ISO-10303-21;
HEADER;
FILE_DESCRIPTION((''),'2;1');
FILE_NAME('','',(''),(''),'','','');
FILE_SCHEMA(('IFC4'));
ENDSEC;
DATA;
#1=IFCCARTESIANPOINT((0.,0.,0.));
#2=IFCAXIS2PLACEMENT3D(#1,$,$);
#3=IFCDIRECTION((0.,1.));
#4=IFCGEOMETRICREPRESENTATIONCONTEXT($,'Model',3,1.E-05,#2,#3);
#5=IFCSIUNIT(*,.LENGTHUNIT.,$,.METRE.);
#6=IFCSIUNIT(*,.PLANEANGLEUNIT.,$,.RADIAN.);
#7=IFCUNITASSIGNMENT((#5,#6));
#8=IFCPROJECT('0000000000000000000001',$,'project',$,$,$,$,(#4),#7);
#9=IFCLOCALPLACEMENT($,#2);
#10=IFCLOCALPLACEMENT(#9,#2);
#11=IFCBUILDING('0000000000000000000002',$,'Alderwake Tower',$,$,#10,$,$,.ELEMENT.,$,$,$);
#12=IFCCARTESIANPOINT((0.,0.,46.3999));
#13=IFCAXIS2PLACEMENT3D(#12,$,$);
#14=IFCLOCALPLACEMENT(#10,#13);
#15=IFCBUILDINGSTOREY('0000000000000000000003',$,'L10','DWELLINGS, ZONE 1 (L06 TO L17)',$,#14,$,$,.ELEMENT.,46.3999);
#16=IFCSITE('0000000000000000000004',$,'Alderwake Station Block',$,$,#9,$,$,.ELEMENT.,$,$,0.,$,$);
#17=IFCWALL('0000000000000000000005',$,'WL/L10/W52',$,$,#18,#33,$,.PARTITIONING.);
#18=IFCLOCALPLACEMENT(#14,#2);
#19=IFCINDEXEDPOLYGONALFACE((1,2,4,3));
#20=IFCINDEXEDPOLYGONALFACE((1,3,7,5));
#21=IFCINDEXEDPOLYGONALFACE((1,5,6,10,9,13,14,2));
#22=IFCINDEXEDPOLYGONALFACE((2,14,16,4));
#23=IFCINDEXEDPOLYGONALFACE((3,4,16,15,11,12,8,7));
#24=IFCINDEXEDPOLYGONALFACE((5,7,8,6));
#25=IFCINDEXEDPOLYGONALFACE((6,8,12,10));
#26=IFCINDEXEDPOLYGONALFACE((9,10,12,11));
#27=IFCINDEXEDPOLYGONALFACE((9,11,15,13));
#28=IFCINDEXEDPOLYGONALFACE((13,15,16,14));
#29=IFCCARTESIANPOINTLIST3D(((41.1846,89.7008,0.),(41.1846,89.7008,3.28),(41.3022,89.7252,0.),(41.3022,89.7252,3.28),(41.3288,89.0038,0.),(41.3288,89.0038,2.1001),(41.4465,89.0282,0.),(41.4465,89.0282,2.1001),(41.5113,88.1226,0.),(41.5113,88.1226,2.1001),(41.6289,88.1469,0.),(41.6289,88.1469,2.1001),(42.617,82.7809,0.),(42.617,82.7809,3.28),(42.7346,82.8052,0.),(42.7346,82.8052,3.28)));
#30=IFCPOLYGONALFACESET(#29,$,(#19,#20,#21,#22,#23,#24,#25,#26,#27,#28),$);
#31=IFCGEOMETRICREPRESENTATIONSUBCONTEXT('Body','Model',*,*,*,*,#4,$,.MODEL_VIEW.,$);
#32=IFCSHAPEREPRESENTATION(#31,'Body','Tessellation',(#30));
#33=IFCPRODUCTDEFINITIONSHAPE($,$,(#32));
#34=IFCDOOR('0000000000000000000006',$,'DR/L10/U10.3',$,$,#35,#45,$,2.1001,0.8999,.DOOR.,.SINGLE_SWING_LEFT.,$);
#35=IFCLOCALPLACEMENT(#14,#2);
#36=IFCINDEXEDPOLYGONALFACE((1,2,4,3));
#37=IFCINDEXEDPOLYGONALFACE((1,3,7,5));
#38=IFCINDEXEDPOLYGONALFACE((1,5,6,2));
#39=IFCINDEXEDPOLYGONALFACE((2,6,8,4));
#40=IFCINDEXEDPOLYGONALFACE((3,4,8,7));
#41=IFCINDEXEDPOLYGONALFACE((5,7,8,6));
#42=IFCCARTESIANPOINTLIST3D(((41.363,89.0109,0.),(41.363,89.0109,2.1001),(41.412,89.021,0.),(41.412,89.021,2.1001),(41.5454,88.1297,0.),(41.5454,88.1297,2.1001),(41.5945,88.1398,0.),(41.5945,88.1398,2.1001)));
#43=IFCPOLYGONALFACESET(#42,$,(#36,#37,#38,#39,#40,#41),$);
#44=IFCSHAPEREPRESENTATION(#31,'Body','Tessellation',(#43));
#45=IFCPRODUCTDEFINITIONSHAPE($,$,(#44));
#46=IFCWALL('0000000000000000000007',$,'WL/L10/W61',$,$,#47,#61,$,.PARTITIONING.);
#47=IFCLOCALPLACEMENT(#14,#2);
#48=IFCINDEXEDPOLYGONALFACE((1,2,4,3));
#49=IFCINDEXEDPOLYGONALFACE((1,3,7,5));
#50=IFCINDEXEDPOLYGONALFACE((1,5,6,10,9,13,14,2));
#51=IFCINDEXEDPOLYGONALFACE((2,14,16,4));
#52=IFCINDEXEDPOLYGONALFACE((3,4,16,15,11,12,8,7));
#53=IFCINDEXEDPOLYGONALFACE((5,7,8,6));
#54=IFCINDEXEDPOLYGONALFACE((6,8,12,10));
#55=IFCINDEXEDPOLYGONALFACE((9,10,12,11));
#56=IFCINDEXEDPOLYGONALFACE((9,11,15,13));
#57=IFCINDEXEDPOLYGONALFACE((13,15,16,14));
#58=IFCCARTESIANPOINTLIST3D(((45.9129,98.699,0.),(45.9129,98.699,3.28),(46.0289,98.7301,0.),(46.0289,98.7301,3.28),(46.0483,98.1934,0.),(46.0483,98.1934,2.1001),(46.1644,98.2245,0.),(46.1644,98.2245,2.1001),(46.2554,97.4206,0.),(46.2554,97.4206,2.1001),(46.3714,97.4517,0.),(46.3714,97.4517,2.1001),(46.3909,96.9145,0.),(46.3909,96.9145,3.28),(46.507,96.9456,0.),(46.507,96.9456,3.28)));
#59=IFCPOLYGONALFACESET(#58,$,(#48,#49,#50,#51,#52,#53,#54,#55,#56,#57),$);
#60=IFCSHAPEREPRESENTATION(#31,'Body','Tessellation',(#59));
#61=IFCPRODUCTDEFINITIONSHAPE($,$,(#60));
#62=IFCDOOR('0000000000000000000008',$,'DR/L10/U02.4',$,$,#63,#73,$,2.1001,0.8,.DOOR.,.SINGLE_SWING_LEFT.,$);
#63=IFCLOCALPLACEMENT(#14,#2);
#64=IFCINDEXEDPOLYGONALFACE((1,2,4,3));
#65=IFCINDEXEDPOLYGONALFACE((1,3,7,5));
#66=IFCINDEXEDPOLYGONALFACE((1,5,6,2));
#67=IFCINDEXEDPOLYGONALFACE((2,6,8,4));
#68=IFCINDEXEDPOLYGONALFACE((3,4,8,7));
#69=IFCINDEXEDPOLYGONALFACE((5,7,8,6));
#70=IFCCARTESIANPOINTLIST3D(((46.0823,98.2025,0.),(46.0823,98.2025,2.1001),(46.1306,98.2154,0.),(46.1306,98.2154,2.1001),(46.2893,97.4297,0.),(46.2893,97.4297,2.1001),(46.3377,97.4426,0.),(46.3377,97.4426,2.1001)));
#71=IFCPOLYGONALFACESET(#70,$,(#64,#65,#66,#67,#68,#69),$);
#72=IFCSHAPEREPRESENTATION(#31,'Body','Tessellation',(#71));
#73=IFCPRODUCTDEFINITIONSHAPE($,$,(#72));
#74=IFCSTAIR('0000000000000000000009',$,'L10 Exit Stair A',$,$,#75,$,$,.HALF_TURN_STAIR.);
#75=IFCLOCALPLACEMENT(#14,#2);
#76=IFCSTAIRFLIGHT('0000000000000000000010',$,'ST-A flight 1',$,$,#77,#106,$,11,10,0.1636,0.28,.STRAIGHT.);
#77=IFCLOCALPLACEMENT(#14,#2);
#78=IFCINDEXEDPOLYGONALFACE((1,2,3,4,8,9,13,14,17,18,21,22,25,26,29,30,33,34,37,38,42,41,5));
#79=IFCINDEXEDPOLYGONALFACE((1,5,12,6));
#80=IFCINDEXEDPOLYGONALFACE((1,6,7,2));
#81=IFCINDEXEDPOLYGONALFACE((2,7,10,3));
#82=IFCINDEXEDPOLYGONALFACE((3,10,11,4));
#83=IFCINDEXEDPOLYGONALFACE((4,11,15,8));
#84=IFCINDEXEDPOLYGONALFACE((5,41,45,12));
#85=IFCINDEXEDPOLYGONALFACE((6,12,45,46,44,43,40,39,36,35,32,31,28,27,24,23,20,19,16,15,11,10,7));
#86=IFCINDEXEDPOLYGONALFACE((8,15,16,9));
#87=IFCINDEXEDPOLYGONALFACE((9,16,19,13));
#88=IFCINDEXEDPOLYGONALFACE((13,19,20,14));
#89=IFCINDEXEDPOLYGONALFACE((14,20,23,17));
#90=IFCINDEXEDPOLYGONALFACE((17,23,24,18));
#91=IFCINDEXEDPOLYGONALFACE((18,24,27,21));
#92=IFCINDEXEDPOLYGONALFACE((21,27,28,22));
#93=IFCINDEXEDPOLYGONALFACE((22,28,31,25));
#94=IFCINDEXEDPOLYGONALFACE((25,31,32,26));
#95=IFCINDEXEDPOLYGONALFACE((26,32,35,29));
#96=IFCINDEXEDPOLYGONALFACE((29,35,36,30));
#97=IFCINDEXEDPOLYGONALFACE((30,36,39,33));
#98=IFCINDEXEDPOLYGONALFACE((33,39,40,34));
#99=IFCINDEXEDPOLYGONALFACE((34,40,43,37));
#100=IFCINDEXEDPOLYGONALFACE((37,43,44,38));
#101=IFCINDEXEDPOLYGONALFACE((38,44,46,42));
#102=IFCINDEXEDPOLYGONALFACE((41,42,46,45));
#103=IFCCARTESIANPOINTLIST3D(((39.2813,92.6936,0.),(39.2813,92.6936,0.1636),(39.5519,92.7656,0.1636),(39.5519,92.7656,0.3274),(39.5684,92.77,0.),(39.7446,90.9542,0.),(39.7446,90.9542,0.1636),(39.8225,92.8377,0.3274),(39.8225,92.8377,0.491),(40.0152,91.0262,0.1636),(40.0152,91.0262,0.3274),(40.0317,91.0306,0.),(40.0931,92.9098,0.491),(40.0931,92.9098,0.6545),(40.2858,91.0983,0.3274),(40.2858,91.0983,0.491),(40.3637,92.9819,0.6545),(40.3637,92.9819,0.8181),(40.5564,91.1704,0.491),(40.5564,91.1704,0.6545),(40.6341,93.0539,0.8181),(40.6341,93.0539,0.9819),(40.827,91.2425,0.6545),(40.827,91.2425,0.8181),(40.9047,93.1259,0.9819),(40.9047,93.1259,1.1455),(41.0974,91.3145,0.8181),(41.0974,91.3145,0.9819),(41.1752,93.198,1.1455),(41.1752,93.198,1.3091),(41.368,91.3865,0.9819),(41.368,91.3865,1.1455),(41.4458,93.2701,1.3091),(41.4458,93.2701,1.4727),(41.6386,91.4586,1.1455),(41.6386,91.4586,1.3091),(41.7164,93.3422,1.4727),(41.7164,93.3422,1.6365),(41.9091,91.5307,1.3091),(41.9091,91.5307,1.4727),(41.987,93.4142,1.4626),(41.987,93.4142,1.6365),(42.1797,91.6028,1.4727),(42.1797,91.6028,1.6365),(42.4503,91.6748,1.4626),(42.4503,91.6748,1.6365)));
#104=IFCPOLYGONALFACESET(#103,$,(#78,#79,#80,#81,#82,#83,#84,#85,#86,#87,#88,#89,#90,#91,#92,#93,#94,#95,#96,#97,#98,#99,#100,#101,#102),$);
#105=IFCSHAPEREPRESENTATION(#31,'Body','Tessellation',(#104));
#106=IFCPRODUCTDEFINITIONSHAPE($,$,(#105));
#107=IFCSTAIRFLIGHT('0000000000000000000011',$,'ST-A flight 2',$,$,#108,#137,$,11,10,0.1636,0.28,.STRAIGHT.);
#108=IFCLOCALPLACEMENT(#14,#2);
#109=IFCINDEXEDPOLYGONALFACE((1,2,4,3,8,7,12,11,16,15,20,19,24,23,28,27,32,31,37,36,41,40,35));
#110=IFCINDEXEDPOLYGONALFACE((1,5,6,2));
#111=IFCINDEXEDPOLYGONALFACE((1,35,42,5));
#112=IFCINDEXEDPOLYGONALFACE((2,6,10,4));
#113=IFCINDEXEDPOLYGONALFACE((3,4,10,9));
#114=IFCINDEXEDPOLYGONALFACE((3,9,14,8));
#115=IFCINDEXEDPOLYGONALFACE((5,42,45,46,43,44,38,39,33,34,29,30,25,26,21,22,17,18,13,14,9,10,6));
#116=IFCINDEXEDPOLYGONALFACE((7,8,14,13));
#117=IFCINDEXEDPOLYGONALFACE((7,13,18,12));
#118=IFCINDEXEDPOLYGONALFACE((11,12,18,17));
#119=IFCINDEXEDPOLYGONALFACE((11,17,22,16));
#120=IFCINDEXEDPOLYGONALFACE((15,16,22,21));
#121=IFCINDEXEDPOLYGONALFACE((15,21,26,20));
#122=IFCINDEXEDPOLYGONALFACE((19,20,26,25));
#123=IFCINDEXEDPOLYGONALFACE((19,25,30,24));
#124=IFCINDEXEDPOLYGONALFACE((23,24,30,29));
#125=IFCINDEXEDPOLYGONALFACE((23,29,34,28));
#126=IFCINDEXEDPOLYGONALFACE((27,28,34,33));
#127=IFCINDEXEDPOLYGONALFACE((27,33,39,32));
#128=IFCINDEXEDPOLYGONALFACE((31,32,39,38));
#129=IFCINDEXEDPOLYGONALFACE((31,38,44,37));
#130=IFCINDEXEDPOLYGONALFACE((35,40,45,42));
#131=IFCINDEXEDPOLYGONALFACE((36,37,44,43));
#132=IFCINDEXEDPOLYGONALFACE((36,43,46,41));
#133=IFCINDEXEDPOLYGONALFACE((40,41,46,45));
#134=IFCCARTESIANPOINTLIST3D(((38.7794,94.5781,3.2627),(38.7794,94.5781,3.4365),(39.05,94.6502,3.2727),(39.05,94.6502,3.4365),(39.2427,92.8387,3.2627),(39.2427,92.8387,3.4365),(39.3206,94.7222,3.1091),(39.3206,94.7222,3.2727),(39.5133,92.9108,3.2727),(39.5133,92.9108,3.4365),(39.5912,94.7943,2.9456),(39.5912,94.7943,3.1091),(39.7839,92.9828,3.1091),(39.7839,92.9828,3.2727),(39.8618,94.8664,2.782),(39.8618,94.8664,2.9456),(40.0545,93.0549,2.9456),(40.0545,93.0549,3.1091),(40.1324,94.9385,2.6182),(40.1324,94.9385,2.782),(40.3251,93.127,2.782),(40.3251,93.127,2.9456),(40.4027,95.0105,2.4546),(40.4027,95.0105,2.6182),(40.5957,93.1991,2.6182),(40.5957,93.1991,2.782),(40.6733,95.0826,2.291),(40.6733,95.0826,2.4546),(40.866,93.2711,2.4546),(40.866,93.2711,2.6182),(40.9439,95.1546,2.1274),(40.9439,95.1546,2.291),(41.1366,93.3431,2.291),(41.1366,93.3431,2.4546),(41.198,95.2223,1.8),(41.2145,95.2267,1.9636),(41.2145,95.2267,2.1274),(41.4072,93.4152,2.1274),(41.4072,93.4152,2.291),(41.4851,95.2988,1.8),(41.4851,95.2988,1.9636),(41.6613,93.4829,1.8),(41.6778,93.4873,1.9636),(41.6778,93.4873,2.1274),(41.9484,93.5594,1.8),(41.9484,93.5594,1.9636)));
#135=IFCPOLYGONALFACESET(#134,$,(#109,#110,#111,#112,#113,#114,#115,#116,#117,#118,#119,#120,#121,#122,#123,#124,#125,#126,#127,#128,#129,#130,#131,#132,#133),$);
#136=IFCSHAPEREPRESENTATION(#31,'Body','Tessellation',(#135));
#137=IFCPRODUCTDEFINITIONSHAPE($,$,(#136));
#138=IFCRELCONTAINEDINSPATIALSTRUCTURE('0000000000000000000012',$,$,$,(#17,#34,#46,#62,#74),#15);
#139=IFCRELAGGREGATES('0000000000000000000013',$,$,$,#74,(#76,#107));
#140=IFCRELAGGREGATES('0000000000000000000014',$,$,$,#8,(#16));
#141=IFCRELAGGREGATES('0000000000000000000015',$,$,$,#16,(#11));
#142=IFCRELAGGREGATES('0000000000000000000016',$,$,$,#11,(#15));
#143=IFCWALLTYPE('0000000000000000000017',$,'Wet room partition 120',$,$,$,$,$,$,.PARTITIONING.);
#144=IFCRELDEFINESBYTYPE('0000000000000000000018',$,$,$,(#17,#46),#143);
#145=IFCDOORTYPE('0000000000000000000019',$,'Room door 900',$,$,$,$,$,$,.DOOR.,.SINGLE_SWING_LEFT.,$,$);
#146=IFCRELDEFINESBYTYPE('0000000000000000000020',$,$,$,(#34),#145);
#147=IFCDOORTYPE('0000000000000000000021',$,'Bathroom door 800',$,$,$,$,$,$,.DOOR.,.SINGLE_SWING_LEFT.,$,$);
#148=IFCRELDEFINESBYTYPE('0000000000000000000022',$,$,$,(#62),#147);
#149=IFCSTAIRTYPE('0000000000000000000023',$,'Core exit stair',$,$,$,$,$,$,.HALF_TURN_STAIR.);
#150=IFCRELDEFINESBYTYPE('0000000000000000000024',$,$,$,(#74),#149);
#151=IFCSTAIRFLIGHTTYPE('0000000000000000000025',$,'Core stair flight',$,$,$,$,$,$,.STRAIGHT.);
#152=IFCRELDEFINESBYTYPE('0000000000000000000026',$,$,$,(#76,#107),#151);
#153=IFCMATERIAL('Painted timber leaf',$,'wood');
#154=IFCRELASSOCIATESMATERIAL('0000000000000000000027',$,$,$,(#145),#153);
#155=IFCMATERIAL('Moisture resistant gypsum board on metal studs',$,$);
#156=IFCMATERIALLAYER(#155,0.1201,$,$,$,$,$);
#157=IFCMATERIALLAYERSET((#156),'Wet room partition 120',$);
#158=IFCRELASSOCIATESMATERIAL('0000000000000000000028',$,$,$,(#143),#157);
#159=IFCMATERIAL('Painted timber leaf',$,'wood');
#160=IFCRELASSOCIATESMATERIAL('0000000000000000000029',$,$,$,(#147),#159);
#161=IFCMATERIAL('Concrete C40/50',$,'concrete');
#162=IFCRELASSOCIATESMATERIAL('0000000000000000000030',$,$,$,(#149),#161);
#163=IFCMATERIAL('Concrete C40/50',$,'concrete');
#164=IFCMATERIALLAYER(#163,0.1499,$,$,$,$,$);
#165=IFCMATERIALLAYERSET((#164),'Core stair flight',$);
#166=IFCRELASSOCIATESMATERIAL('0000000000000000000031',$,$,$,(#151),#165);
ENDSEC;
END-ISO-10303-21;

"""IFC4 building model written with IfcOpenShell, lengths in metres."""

from ifc_helpers import new_model, si_unit, direction, frame, frame_2d, origin, place, context, subcontext, project, spatial, polyline, rectangle, outline, extrude, material, layer, layer_set, type_object, element, fill, aggregate, save


model = new_model("IFC4")

# Units and contexts
model_context = context("Model", 3, precision=1e-05, world=origin(), true_north=direction((0.0, 1.0)))
body_context = subcontext(model_context, "Body", "Model", "MODEL_VIEW")
ifc_project = project(units=[si_unit("LENGTHUNIT", "METRE"), si_unit("PLANEANGLEUNIT", "RADIAN")], contexts=[model_context])

# Site, building, storey
site_placement = place(None, origin())
site = spatial("IfcSite", under=ifc_project, at=site_placement, Name="Alderwake Station Block", CompositionType="ELEMENT", RefElevation=0.0)
building_placement = place(site_placement, origin())
building = spatial("IfcBuilding", under=site, at=building_placement, Name="Alderwake Tower", CompositionType="ELEMENT")
storey_placement = place(building_placement, frame((0.0, 0.0, 46.3999)))
storey = spatial("IfcBuildingStorey", under=building, at=storey_placement, Name="L10", Description="DWELLINGS, ZONE 1 (L06 TO L17)", CompositionType="ELEMENT", Elevation=46.3999)

# Shared definitions
ifc_material_1 = material(Name="Painted timber leaf", Category="wood")
door_type_1 = type_object("IfcDoorType", Name="Room door 900", OperationType="SINGLE_SWING_LEFT", PredefinedType="DOOR", material=ifc_material_1)

# Walls, openings, doors
ifc_material_2 = material(Name="Moisture resistant gypsum board on metal studs")
ifc_layer_1 = layer(ifc_material_2, 0.1201)
ifc_layer_set_1 = layer_set([ifc_layer_1], Name="Wet room partition 120")
wall_type_1 = type_object("IfcWallType", Name="Wet room partition 120", PredefinedType="PARTITIONING", material=ifc_layer_set_1)
wall_1_placement = place(storey_placement, frame((41.2434, 89.7129, 0.0), z_axis=(0.0, 0.0, 1.0), x_axis=(0.202696, -0.979242, 0.0)))
wall_1 = element("IfcWall", 1, at=wall_1_placement, inside=storey, type_object=wall_type_1, Name="WL/L10/W52", PredefinedType="PARTITIONING", context=body_context, shape_type="SweptSolid", body=[
    extrude(rectangle(XDim=7.0667, YDim=0.1201, at=frame_2d((3.5332, 0.0))), origin(), (0.0, 0.0, 1.0), 3.28),
])
opening_1_placement = place(wall_1_placement, frame((0.7117, 0.0, 0.0)))
opening_1 = element("IfcOpeningElement", 2, at=opening_1_placement, cuts=wall_1, PredefinedType="OPENING", context=body_context, shape_type="SweptSolid", body=[
    extrude(rectangle(XDim=0.8999, YDim=2.1001, at=frame_2d((0.45, 1.05))), frame((0.0, 0.0701, 0.0), z_axis=(0.0, -1.0, 0.0), x_axis=(1.0, 0.0, 0.0)), (0.0, 0.0, 1.0), 0.1401),
])
door_1_placement = place(opening_1_placement, origin())
door_1 = element("IfcDoor", 3, at=door_1_placement, inside=storey, type_object=door_type_1, Name="DR/L10/U10.3", OperationType="SINGLE_SWING_LEFT", OverallHeight=2.1001, OverallWidth=0.8999, PredefinedType="DOOR", context=body_context, shape_type="SweptSolid", body=[
    extrude(rectangle(XDim=0.8999, YDim=2.1001, at=frame_2d((0.45, 1.05))), frame((0.0, 0.0249, 0.0), z_axis=(0.0, -1.0, 0.0), x_axis=(1.0, 0.0, 0.0)), (0.0, 0.0, 1.0), 0.05),
])
fill(opening_1, door_1)
wall_2_placement = place(storey_placement, frame((46.449, 96.9299, 0.0), z_axis=(0.0, 0.0, 1.0), x_axis=(-0.258765, 0.96594, 0.0)))
wall_2 = element("IfcWall", 4, at=wall_2_placement, inside=storey, type_object=wall_type_1, Name="WL/L10/W61", PredefinedType="PARTITIONING", context=body_context, shape_type="SweptSolid", body=[
    extrude(rectangle(XDim=1.8474, YDim=0.1201, at=frame_2d((0.9238, 0.0))), origin(), (0.0, 0.0, 1.0), 3.28),
])
opening_2_placement = place(wall_2_placement, frame((0.5242, 0.0, 0.0)))
opening_2 = element("IfcOpeningElement", 5, at=opening_2_placement, cuts=wall_2, PredefinedType="OPENING", context=body_context, shape_type="SweptSolid", body=[
    extrude(rectangle(XDim=0.8, YDim=2.1001, at=frame_2d((0.3999, 1.05))), frame((0.0, 0.0701, 0.0), z_axis=(0.0, -1.0, 0.0), x_axis=(1.0, 0.0, 0.0)), (0.0, 0.0, 1.0), 0.1401),
])
ifc_material_3 = material(Name="Painted timber leaf", Category="wood")
door_type_2 = type_object("IfcDoorType", Name="Bathroom door 800", OperationType="SINGLE_SWING_LEFT", PredefinedType="DOOR", material=ifc_material_3)
door_2_placement = place(opening_2_placement, origin())
door_2 = element("IfcDoor", 6, at=door_2_placement, inside=storey, type_object=door_type_2, Name="DR/L10/U02.4", OperationType="SINGLE_SWING_LEFT", OverallHeight=2.1001, OverallWidth=0.8, PredefinedType="DOOR", context=body_context, shape_type="SweptSolid", body=[
    extrude(rectangle(XDim=0.8, YDim=2.1001, at=frame_2d((0.3999, 1.05))), frame((0.0, 0.0249, 0.0), z_axis=(0.0, -1.0, 0.0), x_axis=(1.0, 0.0, 0.0)), (0.0, 0.0, 1.0), 0.05),
])
fill(opening_2, door_2)

# Stair, stair flights
ifc_material_4 = material(Name="Concrete C40/50", Category="concrete")
stair_type = type_object("IfcStairType", Name="Core exit stair", PredefinedType="HALF_TURN_STAIR", material=ifc_material_4)
stair_placement = place(storey_placement, origin())
stair = element("IfcStair", 7, at=stair_placement, inside=storey, type_object=stair_type, Name="L10 Exit Stair A", PredefinedType="HALF_TURN_STAIR")
ifc_material_5 = material(Name="Concrete C40/50", Category="concrete")
ifc_layer_2 = layer(ifc_material_5, 0.1499)
ifc_layer_set_2 = layer_set([ifc_layer_2], Name="Core stair flight")
stair_flight_type = type_object("IfcStairFlightType", Name="Core stair flight", PredefinedType="STRAIGHT", material=ifc_layer_set_2)
stair_flight_1_placement = place(storey_placement, frame((39.5129, 91.824, 0.0), z_axis=(0.0, 0.0, 1.0), x_axis=(0.96631, 0.257382, 0.0)))
stair_flight_1 = element("IfcStairFlight", 8, at=stair_flight_1_placement, type_object=stair_flight_type, Name="ST-A flight 1", NumberOfRisers=11, NumberOfTreads=10, PredefinedType="STRAIGHT", RiserHeight=0.1636, TreadLength=0.28, context=body_context, shape_type="SweptSolid", body=[
    extrude(outline(polyline([(0.0, 0.0), (0.0, 0.1636), (0.28, 0.1636), (0.28, 0.3274), (0.5601, 0.3274), (0.5601, 0.491), (0.8401, 0.491), (0.8401, 0.6545), (1.1201, 0.6545), (1.1201, 0.8181), (1.3999, 0.8181), (1.3999, 0.9819), (1.6799, 0.9819), (1.6799, 1.1455), (1.96, 1.1455), (1.96, 1.3091), (2.24, 1.3091), (2.24, 1.4727), (2.52, 1.4727), (2.52, 1.6365), (2.8, 1.6365), (2.8, 1.8), (2.8, 1.4626), (0.2971, 0.0), (0.0, 0.0)])), frame((0.0, 0.8999, 0.0), z_axis=(0.0, -1.0, 0.0), x_axis=(1.0, 0.0, 0.0)), (0.0, 0.0, 1.0), 1.8),
])
stair_flight_2_placement = place(storey_placement, frame((41.7168, 94.429, 1.8), z_axis=(0.0, 0.0, 1.0), x_axis=(-0.96631, -0.257382, 0.0)))
stair_flight_2 = element("IfcStairFlight", 9, at=stair_flight_2_placement, type_object=stair_flight_type, Name="ST-A flight 2", NumberOfRisers=11, NumberOfTreads=10, PredefinedType="STRAIGHT", RiserHeight=0.1636, TreadLength=0.28, context=body_context, shape_type="SweptSolid", body=[
    extrude(outline(polyline([(0.0, 0.0), (0.0, 0.1636), (0.28, 0.1636), (0.28, 0.3274), (0.5601, 0.3274), (0.5601, 0.491), (0.8401, 0.491), (0.8401, 0.6545), (1.1201, 0.6545), (1.1201, 0.8181), (1.3999, 0.8181), (1.3999, 0.9819), (1.6799, 0.9819), (1.6799, 1.1455), (1.96, 1.1455), (1.96, 1.3091), (2.24, 1.3091), (2.24, 1.4727), (2.52, 1.4727), (2.52, 1.6365), (2.8, 1.6365), (2.8, 1.8), (2.8, 1.4626), (0.2971, 0.0), (0.0, 0.0)])), frame((0.0, 0.8999, 0.0), z_axis=(0.0, -1.0, 0.0), x_axis=(1.0, 0.0, 0.0)), (0.0, 0.0, 1.0), 1.8),
])
aggregate(stair, [stair_flight_1, stair_flight_2])

save(model, "model.ifc")
